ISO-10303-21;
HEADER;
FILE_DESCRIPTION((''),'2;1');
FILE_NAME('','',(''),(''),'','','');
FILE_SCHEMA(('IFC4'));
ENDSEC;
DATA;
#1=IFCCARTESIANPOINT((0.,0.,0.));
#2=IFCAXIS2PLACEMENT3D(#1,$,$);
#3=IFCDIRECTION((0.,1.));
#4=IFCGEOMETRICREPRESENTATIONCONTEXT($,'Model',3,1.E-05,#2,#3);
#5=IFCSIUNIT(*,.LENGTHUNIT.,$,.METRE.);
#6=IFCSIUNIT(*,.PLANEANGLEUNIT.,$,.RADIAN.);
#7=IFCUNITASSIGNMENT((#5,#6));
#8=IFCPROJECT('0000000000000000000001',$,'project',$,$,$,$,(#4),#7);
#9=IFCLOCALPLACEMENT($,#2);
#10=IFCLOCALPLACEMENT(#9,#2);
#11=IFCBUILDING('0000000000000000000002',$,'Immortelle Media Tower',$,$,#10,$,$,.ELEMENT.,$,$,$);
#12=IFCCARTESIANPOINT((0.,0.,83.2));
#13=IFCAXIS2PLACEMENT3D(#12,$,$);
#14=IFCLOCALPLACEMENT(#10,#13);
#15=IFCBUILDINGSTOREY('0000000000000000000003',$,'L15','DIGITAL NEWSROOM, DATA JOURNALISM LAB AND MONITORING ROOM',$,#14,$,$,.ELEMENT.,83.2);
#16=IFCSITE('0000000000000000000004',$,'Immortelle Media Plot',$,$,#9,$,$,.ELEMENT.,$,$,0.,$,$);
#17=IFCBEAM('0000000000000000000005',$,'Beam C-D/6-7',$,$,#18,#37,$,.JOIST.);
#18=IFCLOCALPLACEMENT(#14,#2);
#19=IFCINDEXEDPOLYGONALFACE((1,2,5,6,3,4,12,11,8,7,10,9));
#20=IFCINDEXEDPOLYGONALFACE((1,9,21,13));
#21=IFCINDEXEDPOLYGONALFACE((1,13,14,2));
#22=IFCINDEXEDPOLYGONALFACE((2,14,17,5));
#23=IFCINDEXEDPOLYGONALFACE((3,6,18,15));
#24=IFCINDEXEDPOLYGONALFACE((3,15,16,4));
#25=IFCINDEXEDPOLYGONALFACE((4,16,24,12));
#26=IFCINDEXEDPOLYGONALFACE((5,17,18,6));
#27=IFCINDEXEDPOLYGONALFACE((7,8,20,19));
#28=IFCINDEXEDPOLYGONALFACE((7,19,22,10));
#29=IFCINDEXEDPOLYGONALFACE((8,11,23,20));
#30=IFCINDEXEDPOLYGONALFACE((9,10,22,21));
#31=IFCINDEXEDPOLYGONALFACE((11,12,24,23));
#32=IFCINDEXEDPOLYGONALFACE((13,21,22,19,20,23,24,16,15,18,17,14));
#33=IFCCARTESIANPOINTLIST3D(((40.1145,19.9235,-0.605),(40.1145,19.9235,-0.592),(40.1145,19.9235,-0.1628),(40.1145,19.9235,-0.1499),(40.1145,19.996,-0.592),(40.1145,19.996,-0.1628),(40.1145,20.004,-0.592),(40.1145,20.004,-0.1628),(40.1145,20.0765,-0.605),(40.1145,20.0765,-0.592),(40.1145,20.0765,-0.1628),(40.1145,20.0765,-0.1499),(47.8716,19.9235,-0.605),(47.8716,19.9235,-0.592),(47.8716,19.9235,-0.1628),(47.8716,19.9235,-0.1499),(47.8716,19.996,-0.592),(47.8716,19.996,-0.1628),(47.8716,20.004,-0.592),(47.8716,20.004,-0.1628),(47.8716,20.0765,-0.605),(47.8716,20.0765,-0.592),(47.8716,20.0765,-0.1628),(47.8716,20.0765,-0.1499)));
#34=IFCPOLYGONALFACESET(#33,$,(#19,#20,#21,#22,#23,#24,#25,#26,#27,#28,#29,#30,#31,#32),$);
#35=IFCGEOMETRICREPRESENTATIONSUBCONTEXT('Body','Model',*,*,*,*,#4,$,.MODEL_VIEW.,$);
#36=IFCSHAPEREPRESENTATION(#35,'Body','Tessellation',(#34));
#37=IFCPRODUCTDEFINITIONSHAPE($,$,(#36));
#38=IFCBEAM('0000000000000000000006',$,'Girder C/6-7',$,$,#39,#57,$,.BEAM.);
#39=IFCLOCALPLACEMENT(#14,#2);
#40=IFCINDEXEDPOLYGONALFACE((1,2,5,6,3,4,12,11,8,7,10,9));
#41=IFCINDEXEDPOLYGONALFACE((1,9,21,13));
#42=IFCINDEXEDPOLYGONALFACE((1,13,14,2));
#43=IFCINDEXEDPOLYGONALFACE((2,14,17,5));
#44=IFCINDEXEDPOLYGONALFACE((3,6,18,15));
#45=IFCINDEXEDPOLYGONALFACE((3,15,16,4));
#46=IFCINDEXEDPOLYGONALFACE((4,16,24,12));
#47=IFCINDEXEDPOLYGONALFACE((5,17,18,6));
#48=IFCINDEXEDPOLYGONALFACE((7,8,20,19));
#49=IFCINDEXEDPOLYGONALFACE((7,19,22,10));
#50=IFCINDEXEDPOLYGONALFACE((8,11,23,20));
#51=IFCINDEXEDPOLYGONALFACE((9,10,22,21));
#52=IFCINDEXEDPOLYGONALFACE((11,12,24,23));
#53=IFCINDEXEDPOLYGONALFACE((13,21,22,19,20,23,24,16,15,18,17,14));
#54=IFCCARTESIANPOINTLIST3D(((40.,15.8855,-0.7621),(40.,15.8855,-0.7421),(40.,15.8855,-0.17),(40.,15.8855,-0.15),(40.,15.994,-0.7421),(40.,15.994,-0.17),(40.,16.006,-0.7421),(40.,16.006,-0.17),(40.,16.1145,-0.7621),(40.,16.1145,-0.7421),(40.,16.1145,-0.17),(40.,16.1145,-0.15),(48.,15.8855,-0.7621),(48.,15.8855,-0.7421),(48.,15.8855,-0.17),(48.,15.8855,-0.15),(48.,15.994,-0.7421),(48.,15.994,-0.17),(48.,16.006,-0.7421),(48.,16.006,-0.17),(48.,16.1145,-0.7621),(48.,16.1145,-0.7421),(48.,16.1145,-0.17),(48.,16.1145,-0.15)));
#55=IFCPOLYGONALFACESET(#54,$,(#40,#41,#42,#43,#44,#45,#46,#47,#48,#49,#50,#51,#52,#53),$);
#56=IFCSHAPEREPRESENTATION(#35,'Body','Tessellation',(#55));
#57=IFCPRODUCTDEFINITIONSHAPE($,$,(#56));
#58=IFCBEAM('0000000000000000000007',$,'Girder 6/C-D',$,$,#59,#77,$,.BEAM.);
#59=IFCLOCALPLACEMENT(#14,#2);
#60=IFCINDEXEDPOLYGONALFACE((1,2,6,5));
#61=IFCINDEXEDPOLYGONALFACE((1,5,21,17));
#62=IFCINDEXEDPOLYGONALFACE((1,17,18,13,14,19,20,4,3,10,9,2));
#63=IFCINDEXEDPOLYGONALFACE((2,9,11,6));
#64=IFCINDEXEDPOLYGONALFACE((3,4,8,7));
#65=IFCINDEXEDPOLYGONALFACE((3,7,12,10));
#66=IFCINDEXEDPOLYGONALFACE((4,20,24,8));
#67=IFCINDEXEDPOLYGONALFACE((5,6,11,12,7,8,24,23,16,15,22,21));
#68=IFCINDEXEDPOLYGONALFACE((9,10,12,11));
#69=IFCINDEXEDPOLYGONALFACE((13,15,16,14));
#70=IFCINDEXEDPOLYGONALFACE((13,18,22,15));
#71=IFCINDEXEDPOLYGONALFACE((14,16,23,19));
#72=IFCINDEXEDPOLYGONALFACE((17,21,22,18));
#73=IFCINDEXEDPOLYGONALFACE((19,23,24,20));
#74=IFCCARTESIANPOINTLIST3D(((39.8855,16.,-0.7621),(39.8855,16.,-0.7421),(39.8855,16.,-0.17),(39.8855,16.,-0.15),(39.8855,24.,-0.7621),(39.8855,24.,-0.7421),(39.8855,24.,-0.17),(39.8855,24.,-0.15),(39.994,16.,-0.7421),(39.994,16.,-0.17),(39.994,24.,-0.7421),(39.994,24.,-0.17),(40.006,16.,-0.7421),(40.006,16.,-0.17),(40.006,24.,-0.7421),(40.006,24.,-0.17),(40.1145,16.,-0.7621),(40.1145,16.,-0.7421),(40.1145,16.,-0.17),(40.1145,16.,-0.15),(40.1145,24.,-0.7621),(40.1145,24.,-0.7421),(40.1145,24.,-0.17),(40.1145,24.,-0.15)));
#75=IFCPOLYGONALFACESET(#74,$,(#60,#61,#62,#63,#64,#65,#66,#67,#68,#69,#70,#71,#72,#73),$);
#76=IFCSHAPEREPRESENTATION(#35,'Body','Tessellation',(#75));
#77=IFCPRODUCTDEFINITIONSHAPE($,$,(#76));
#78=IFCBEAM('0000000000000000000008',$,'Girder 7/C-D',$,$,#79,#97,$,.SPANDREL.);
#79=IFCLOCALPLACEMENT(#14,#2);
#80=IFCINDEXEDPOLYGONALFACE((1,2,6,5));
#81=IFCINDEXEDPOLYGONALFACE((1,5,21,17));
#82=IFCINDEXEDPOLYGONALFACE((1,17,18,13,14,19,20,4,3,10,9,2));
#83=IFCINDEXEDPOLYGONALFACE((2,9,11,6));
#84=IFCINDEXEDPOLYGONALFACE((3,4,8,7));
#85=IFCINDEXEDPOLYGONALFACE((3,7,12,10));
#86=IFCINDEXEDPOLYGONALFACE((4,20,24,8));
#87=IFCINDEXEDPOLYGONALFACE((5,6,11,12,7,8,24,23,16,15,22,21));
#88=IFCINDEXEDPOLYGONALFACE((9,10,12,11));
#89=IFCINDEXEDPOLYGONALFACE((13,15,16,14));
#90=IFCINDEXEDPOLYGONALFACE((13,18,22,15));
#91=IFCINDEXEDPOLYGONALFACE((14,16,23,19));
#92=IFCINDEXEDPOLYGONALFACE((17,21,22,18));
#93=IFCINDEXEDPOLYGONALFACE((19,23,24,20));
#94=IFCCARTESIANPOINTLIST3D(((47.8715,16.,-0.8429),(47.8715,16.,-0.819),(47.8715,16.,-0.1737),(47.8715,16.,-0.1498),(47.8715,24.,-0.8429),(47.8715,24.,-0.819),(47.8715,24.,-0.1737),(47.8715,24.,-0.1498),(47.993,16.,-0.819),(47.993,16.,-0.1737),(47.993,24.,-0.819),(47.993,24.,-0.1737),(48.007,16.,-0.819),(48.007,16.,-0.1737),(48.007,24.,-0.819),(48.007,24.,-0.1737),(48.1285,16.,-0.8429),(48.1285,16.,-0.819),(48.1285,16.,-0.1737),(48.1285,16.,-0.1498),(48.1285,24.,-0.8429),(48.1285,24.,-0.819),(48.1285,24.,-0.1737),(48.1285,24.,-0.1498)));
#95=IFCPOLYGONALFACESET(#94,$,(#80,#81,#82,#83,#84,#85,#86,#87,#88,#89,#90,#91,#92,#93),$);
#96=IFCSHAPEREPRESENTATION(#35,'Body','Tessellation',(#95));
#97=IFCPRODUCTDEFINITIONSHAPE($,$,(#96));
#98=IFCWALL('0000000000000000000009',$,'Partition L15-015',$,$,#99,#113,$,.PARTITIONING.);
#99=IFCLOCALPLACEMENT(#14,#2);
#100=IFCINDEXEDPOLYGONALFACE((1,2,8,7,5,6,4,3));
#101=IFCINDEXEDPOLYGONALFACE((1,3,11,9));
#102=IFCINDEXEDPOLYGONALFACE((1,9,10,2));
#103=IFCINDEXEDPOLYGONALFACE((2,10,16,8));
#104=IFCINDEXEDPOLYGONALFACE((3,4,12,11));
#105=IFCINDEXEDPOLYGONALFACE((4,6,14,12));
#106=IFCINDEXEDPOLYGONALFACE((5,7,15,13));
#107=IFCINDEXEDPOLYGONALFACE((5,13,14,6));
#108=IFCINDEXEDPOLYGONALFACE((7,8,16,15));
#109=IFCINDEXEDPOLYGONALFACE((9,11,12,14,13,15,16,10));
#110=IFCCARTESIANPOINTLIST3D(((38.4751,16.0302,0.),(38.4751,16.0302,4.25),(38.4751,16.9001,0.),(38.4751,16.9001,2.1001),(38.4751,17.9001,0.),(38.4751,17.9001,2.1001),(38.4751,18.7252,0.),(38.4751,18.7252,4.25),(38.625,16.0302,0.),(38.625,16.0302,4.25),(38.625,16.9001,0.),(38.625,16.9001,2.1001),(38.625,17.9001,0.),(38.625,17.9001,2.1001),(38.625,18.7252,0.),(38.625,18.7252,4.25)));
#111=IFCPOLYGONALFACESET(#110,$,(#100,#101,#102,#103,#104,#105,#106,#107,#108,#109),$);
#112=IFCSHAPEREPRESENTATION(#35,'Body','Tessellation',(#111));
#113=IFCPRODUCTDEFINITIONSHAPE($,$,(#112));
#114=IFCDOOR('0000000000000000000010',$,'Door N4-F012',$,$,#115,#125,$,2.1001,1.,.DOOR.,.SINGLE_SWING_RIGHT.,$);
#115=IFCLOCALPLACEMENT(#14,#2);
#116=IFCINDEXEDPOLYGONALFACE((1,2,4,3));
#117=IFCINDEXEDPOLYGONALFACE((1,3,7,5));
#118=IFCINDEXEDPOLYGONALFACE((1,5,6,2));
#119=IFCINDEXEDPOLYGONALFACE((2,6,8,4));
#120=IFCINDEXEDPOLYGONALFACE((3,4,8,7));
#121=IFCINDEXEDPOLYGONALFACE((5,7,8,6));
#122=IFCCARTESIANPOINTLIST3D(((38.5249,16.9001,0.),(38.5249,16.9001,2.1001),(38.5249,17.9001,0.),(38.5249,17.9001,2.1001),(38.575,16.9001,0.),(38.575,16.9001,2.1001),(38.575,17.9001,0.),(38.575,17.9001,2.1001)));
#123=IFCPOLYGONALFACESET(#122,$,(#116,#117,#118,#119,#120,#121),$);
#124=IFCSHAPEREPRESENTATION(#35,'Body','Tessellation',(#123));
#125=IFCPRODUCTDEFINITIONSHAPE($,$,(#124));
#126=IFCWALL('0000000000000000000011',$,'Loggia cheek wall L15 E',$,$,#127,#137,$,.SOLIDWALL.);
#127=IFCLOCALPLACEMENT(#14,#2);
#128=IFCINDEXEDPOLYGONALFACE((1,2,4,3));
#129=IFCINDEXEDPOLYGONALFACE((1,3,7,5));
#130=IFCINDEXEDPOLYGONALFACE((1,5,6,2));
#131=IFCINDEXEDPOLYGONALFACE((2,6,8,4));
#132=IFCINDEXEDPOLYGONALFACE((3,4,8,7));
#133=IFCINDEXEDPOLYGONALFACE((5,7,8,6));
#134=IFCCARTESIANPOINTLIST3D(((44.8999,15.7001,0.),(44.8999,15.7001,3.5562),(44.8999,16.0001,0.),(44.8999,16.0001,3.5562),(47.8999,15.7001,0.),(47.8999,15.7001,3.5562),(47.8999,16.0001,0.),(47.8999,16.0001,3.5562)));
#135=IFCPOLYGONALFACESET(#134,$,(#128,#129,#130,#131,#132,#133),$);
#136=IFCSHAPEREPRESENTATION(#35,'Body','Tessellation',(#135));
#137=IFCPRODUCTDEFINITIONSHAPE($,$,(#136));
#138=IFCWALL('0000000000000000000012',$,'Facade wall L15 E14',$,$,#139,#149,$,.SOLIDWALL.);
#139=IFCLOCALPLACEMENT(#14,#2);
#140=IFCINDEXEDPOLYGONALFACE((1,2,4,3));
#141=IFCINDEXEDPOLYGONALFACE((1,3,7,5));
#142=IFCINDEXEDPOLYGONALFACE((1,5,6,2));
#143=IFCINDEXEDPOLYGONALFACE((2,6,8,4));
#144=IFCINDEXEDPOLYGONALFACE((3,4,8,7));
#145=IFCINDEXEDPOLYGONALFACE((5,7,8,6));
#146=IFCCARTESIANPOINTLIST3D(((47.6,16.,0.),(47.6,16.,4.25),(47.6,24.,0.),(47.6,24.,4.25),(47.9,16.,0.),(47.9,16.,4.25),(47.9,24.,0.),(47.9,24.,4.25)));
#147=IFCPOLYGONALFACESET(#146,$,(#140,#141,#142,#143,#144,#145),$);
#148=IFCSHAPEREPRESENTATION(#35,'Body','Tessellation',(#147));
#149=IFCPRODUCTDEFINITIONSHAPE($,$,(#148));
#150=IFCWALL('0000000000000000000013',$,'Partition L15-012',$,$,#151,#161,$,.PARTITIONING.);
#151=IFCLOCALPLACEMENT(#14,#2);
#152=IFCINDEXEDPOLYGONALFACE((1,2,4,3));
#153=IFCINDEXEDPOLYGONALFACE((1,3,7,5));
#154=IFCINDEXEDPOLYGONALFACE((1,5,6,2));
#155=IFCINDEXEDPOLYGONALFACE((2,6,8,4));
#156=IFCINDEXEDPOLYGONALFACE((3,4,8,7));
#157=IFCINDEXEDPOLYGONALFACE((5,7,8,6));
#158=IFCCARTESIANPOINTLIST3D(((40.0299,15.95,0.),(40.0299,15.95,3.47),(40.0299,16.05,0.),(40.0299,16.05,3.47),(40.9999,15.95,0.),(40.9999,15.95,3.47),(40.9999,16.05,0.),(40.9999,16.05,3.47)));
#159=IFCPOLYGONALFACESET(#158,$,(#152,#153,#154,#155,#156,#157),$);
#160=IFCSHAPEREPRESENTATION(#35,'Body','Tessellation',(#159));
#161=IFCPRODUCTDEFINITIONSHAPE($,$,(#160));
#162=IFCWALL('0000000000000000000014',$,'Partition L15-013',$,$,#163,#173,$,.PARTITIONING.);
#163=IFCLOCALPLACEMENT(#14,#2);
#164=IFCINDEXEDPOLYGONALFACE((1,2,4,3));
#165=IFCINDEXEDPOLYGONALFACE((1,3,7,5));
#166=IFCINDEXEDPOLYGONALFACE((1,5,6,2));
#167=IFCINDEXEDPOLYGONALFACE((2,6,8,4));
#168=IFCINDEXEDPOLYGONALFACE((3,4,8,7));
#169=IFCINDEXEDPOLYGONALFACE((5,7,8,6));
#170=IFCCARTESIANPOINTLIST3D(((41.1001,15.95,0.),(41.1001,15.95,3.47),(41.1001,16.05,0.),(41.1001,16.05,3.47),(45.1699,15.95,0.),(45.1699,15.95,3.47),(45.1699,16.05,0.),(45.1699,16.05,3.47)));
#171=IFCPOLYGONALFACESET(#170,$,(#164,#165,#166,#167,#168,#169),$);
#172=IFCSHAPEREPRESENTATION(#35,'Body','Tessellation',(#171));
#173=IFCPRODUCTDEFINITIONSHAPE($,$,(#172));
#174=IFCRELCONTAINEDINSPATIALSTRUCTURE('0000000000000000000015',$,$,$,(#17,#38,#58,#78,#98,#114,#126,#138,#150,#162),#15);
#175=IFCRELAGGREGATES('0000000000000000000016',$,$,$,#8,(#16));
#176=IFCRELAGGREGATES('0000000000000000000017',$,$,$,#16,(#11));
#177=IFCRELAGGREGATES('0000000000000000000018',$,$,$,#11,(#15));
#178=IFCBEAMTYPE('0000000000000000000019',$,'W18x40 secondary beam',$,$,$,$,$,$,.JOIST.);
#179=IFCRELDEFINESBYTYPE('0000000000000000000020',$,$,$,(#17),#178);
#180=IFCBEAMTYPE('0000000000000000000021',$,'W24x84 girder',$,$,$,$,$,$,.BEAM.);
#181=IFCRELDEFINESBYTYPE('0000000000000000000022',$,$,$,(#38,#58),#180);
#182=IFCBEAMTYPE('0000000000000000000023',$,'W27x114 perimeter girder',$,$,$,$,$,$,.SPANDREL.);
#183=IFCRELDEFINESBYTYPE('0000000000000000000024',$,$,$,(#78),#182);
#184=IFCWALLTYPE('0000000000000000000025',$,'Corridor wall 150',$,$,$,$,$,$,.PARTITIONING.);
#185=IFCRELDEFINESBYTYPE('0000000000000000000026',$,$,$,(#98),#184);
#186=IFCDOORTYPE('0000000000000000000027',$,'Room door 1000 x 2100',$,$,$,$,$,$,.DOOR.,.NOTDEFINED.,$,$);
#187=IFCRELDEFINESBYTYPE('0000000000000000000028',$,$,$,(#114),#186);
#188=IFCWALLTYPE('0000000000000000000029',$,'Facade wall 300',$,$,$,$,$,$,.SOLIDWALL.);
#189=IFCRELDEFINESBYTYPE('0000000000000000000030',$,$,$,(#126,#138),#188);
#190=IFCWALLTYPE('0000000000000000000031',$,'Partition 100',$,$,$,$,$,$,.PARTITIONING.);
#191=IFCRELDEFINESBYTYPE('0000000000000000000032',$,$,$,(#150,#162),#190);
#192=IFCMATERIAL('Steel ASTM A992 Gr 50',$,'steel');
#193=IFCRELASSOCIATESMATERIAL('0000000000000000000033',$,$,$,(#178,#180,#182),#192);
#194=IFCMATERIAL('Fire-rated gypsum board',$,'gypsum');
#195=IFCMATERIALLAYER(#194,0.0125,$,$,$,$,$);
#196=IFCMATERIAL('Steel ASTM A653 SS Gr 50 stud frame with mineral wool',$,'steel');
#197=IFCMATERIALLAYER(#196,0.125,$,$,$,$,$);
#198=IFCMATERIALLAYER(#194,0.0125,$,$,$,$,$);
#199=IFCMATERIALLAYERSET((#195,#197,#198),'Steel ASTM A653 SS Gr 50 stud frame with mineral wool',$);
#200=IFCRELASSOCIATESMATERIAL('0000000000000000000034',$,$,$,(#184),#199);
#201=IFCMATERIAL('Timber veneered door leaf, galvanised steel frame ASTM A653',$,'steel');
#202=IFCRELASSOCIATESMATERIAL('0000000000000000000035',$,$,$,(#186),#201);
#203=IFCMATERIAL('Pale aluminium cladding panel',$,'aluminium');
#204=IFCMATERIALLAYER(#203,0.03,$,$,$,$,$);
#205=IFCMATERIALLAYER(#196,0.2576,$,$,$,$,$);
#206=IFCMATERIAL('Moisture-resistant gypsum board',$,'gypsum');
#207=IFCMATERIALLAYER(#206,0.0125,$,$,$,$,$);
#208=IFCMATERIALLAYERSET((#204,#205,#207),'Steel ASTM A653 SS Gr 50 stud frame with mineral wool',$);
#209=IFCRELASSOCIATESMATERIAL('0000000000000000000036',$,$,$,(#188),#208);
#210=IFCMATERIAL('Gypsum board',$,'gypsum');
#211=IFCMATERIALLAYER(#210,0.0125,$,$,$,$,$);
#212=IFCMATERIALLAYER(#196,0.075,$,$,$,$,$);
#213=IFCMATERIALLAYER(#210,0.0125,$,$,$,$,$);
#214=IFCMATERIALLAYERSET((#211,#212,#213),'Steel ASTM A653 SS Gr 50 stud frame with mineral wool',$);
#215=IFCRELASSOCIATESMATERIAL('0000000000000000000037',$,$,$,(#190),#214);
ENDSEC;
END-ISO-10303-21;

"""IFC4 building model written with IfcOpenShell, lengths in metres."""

from ifc_helpers import new_model, si_unit, direction, frame, frame_2d, origin, origin_2d, place, context, subcontext, project, spatial, rectangle, i_section, extrude, material, layer, layer_set, material_profile, profile_set, type_object, element, fill, save


model = new_model("IFC4")

# Units and contexts
model_context = context("Model", 3, precision=1e-05, world=origin(), true_north=direction((0.0, 1.0)))
body_context = subcontext(model_context, "Body", "Model", "MODEL_VIEW")
ifc_project = project(units=[si_unit("LENGTHUNIT", "METRE"), si_unit("PLANEANGLEUNIT", "RADIAN")], contexts=[model_context])

# Site, building, storey
site_placement = place(None, origin())
site = spatial("IfcSite", under=ifc_project, at=site_placement, Name="Immortelle Media Plot", CompositionType="ELEMENT", RefElevation=0.0)
building_placement = place(site_placement, origin())
building = spatial("IfcBuilding", under=site, at=building_placement, Name="Immortelle Media Tower", CompositionType="ELEMENT")
storey_placement = place(building_placement, frame((0.0, 0.0, 83.2)))
storey = spatial("IfcBuildingStorey", under=building, at=storey_placement, Name="L15", Description="DIGITAL NEWSROOM, DATA JOURNALISM LAB AND MONITORING ROOM", CompositionType="ELEMENT", Elevation=83.2)

# Shared definitions
ifc_material_1 = material(Name="Steel ASTM A992 Gr 50", Category="steel")

# Beams
ifc_material_profile_1 = material_profile(ifc_material_1, i_section(OverallWidth=0.1531, OverallDepth=0.4551, WebThickness=0.0081, FlangeThickness=0.0129, at=origin_2d()), Name="W18x40")
ifc_profile_set_1 = profile_set([ifc_material_profile_1], Name="Steel ASTM A992 Gr 50")
beam_type_1 = type_object("IfcBeamType", Name="W18x40 secondary beam", PredefinedType="JOIST", material=ifc_profile_set_1)
beam_1_placement = place(storey_placement, frame((40.1145, 20.0, -0.3774), z_axis=(1.0, 0.0, 0.0), x_axis=(0.0, 1.0, 0.0)))
element("IfcBeam", 1, at=beam_1_placement, inside=storey, type_object=beam_type_1, Name="Beam C-D/6-7", PredefinedType="JOIST", context=body_context, shape_type="SweptSolid", body=[
    extrude(i_section(OverallWidth=0.1531, OverallDepth=0.4551, WebThickness=0.0081, FlangeThickness=0.0129, at=origin_2d()), origin(), (0.0, 0.0, 1.0), 7.7571),
])
ifc_material_profile_2 = material_profile(ifc_material_1, i_section(OverallWidth=0.229, OverallDepth=0.6121, WebThickness=0.012, FlangeThickness=0.02, at=origin_2d()), Name="W24x84")
ifc_profile_set_2 = profile_set([ifc_material_profile_2], Name="Steel ASTM A992 Gr 50")
beam_type_2 = type_object("IfcBeamType", Name="W24x84 girder", PredefinedType="BEAM", material=ifc_profile_set_2)
for number, where, z_axis, x_axis, name in (
    (2, (40.0, 16.0, -0.4561), (1.0, 0.0, 0.0), (0.0, 1.0, 0.0), "Girder C/6-7"),
    (3, (40.0, 16.0, -0.4561), (0.0, 1.0, 0.0), (-1.0, 0.0, 0.0), "Girder 6/C-D"),
):
    element("IfcBeam", number, at=place(storey_placement, frame(where, z_axis=z_axis, x_axis=x_axis)), inside=storey, type_object=beam_type_2, Name=name, PredefinedType="BEAM", context=body_context, shape_type="SweptSolid", body=[
        extrude(i_section(OverallWidth=0.229, OverallDepth=0.6121, WebThickness=0.012, FlangeThickness=0.02, at=origin_2d()), origin(), (0.0, 0.0, 1.0), 8.0),
    ])
ifc_material_profile_3 = material_profile(ifc_material_1, i_section(OverallWidth=0.2571, OverallDepth=0.6931, WebThickness=0.0139, FlangeThickness=0.0239, at=origin_2d()), Name="W27x114")
ifc_profile_set_3 = profile_set([ifc_material_profile_3], Name="Steel ASTM A992 Gr 50")
beam_type_3 = type_object("IfcBeamType", Name="W27x114 perimeter girder", PredefinedType="SPANDREL", material=ifc_profile_set_3)
beam_2_placement = place(storey_placement, frame((48.0, 16.0, -0.4963), z_axis=(0.0, 1.0, 0.0), x_axis=(-1.0, 0.0, 0.0)))
element("IfcBeam", 4, at=beam_2_placement, inside=storey, type_object=beam_type_3, Name="Girder 7/C-D", PredefinedType="SPANDREL", context=body_context, shape_type="SweptSolid", body=[
    extrude(i_section(OverallWidth=0.2571, OverallDepth=0.6931, WebThickness=0.0139, FlangeThickness=0.0239, at=origin_2d()), origin(), (0.0, 0.0, 1.0), 8.0),
])

# Wall, opening, door
ifc_material_2 = material(Name="Fire-rated gypsum board", Category="gypsum")
ifc_layer_1 = layer(ifc_material_2, 0.0125)
ifc_material_3 = material(Name="Steel ASTM A653 SS Gr 50 stud frame with mineral wool", Category="steel")
ifc_layer_2 = layer(ifc_material_3, 0.125)
ifc_layer_3 = layer(ifc_material_2, 0.0125)
ifc_layer_set_1 = layer_set([ifc_layer_1, ifc_layer_2, ifc_layer_3], Name="Steel ASTM A653 SS Gr 50 stud frame with mineral wool")
wall_type_1 = type_object("IfcWallType", Name="Corridor wall 150", PredefinedType="PARTITIONING", material=ifc_layer_set_1)
wall_1_placement = place(storey_placement, frame((38.55, 16.03, 0.0), z_axis=(0.0, 0.0, 1.0), x_axis=(0.0, 1.0, 0.0)))
wall_1 = element("IfcWall", 5, at=wall_1_placement, inside=storey, type_object=wall_type_1, Name="Partition L15-015", PredefinedType="PARTITIONING", context=body_context, shape_type="SweptSolid", body=[
    extrude(rectangle(XDim=2.6951, YDim=0.1499, at=frame_2d((1.3477, 0.0))), origin(), (0.0, 0.0, 1.0), 4.25),
])
opening_1_placement = place(wall_1_placement, frame((1.8701, 0.0, 0.0), z_axis=(0.0, 0.0, 1.0), x_axis=(-1.0, 0.0, 0.0)))
opening_1 = element("IfcOpeningElement", 6, at=opening_1_placement, cuts=wall_1, PredefinedType="OPENING", context=body_context, shape_type="SweptSolid", body=[
    extrude(rectangle(XDim=1.0, YDim=2.1001, at=frame_2d((0.5, 1.05))), frame((0.0, 0.085, 0.0), z_axis=(0.0, -1.0, 0.0), x_axis=(1.0, 0.0, 0.0)), (0.0, 0.0, 1.0), 0.1699),
])
ifc_material_4 = material(Name="Timber veneered door leaf, galvanised steel frame ASTM A653", Category="steel")
door_type = type_object("IfcDoorType", Name="Room door 1000 x 2100", OperationType="NOTDEFINED", PredefinedType="DOOR", material=ifc_material_4)
door_1_placement = place(opening_1_placement, origin())
door_1 = element("IfcDoor", 7, at=door_1_placement, inside=storey, type_object=door_type, Name="Door N4-F012", OperationType="SINGLE_SWING_RIGHT", OverallHeight=2.1001, OverallWidth=1.0, PredefinedType="DOOR", context=body_context, shape_type="SweptSolid", body=[
    extrude(rectangle(XDim=1.0, YDim=2.1001, at=frame_2d((0.5, 1.05))), frame((0.0, 0.0249, 0.0), z_axis=(0.0, -1.0, 0.0), x_axis=(1.0, 0.0, 0.0)), (0.0, 0.0, 1.0), 0.05),
])
fill(opening_1, door_1)

# Walls
ifc_material_5 = material(Name="Pale aluminium cladding panel", Category="aluminium")
ifc_layer_4 = layer(ifc_material_5, 0.03)
ifc_layer_5 = layer(ifc_material_3, 0.2576)
ifc_material_6 = material(Name="Moisture-resistant gypsum board", Category="gypsum")
ifc_layer_6 = layer(ifc_material_6, 0.0125)
ifc_layer_set_2 = layer_set([ifc_layer_4, ifc_layer_5, ifc_layer_6], Name="Steel ASTM A653 SS Gr 50 stud frame with mineral wool")
wall_type_2 = type_object("IfcWallType", Name="Facade wall 300", PredefinedType="SOLIDWALL", material=ifc_layer_set_2)
wall_2_placement = place(storey_placement, frame((47.8999, 15.8501, 0.0), z_axis=(0.0, 0.0, 1.0), x_axis=(-1.0, 0.0, 0.0)))
element("IfcWall", 8, at=wall_2_placement, inside=storey, type_object=wall_type_2, Name="Loggia cheek wall L15 E", PredefinedType="SOLIDWALL", context=body_context, shape_type="SweptSolid", body=[
    extrude(rectangle(XDim=3.0, YDim=0.3, at=frame_2d((1.5, 0.0))), origin(), (0.0, 0.0, 1.0), 3.5562),
])
wall_3_placement = place(storey_placement, frame((47.75, 16.0, 0.0), z_axis=(0.0, 0.0, 1.0), x_axis=(0.0, 1.0, 0.0)))
element("IfcWall", 9, at=wall_3_placement, inside=storey, type_object=wall_type_2, Name="Facade wall L15 E14", PredefinedType="SOLIDWALL", context=body_context, shape_type="SweptSolid", body=[
    extrude(rectangle(XDim=8.0, YDim=0.3, at=frame_2d((4.0, 0.0))), origin(), (0.0, 0.0, 1.0), 4.25),
])
ifc_material_7 = material(Name="Gypsum board", Category="gypsum")
ifc_layer_7 = layer(ifc_material_7, 0.0125)
ifc_layer_8 = layer(ifc_material_3, 0.075)
ifc_layer_9 = layer(ifc_material_7, 0.0125)
ifc_layer_set_3 = layer_set([ifc_layer_7, ifc_layer_8, ifc_layer_9], Name="Steel ASTM A653 SS Gr 50 stud frame with mineral wool")
wall_type_3 = type_object("IfcWallType", Name="Partition 100", PredefinedType="PARTITIONING", material=ifc_layer_set_3)
wall_4_placement = place(storey_placement, frame((40.03, 16.0, 0.0), z_axis=(0.0, 0.0, 1.0), x_axis=(1.0, 0.0, 0.0)))
element("IfcWall", 10, at=wall_4_placement, inside=storey, type_object=wall_type_3, Name="Partition L15-012", PredefinedType="PARTITIONING", context=body_context, shape_type="SweptSolid", body=[
    extrude(rectangle(XDim=0.97, YDim=0.1001, at=frame_2d((0.4849, 0.0))), origin(), (0.0, 0.0, 1.0), 3.47),
])
wall_5_placement = place(storey_placement, frame((41.1001, 16.0, 0.0), z_axis=(0.0, 0.0, 1.0), x_axis=(1.0, 0.0, 0.0)))
element("IfcWall", 11, at=wall_5_placement, inside=storey, type_object=wall_type_3, Name="Partition L15-013", PredefinedType="PARTITIONING", context=body_context, shape_type="SweptSolid", body=[
    extrude(rectangle(XDim=4.0698, YDim=0.1001, at=frame_2d((2.0349, 0.0))), origin(), (0.0, 0.0, 1.0), 3.47),
])

save(model, "model.ifc")
